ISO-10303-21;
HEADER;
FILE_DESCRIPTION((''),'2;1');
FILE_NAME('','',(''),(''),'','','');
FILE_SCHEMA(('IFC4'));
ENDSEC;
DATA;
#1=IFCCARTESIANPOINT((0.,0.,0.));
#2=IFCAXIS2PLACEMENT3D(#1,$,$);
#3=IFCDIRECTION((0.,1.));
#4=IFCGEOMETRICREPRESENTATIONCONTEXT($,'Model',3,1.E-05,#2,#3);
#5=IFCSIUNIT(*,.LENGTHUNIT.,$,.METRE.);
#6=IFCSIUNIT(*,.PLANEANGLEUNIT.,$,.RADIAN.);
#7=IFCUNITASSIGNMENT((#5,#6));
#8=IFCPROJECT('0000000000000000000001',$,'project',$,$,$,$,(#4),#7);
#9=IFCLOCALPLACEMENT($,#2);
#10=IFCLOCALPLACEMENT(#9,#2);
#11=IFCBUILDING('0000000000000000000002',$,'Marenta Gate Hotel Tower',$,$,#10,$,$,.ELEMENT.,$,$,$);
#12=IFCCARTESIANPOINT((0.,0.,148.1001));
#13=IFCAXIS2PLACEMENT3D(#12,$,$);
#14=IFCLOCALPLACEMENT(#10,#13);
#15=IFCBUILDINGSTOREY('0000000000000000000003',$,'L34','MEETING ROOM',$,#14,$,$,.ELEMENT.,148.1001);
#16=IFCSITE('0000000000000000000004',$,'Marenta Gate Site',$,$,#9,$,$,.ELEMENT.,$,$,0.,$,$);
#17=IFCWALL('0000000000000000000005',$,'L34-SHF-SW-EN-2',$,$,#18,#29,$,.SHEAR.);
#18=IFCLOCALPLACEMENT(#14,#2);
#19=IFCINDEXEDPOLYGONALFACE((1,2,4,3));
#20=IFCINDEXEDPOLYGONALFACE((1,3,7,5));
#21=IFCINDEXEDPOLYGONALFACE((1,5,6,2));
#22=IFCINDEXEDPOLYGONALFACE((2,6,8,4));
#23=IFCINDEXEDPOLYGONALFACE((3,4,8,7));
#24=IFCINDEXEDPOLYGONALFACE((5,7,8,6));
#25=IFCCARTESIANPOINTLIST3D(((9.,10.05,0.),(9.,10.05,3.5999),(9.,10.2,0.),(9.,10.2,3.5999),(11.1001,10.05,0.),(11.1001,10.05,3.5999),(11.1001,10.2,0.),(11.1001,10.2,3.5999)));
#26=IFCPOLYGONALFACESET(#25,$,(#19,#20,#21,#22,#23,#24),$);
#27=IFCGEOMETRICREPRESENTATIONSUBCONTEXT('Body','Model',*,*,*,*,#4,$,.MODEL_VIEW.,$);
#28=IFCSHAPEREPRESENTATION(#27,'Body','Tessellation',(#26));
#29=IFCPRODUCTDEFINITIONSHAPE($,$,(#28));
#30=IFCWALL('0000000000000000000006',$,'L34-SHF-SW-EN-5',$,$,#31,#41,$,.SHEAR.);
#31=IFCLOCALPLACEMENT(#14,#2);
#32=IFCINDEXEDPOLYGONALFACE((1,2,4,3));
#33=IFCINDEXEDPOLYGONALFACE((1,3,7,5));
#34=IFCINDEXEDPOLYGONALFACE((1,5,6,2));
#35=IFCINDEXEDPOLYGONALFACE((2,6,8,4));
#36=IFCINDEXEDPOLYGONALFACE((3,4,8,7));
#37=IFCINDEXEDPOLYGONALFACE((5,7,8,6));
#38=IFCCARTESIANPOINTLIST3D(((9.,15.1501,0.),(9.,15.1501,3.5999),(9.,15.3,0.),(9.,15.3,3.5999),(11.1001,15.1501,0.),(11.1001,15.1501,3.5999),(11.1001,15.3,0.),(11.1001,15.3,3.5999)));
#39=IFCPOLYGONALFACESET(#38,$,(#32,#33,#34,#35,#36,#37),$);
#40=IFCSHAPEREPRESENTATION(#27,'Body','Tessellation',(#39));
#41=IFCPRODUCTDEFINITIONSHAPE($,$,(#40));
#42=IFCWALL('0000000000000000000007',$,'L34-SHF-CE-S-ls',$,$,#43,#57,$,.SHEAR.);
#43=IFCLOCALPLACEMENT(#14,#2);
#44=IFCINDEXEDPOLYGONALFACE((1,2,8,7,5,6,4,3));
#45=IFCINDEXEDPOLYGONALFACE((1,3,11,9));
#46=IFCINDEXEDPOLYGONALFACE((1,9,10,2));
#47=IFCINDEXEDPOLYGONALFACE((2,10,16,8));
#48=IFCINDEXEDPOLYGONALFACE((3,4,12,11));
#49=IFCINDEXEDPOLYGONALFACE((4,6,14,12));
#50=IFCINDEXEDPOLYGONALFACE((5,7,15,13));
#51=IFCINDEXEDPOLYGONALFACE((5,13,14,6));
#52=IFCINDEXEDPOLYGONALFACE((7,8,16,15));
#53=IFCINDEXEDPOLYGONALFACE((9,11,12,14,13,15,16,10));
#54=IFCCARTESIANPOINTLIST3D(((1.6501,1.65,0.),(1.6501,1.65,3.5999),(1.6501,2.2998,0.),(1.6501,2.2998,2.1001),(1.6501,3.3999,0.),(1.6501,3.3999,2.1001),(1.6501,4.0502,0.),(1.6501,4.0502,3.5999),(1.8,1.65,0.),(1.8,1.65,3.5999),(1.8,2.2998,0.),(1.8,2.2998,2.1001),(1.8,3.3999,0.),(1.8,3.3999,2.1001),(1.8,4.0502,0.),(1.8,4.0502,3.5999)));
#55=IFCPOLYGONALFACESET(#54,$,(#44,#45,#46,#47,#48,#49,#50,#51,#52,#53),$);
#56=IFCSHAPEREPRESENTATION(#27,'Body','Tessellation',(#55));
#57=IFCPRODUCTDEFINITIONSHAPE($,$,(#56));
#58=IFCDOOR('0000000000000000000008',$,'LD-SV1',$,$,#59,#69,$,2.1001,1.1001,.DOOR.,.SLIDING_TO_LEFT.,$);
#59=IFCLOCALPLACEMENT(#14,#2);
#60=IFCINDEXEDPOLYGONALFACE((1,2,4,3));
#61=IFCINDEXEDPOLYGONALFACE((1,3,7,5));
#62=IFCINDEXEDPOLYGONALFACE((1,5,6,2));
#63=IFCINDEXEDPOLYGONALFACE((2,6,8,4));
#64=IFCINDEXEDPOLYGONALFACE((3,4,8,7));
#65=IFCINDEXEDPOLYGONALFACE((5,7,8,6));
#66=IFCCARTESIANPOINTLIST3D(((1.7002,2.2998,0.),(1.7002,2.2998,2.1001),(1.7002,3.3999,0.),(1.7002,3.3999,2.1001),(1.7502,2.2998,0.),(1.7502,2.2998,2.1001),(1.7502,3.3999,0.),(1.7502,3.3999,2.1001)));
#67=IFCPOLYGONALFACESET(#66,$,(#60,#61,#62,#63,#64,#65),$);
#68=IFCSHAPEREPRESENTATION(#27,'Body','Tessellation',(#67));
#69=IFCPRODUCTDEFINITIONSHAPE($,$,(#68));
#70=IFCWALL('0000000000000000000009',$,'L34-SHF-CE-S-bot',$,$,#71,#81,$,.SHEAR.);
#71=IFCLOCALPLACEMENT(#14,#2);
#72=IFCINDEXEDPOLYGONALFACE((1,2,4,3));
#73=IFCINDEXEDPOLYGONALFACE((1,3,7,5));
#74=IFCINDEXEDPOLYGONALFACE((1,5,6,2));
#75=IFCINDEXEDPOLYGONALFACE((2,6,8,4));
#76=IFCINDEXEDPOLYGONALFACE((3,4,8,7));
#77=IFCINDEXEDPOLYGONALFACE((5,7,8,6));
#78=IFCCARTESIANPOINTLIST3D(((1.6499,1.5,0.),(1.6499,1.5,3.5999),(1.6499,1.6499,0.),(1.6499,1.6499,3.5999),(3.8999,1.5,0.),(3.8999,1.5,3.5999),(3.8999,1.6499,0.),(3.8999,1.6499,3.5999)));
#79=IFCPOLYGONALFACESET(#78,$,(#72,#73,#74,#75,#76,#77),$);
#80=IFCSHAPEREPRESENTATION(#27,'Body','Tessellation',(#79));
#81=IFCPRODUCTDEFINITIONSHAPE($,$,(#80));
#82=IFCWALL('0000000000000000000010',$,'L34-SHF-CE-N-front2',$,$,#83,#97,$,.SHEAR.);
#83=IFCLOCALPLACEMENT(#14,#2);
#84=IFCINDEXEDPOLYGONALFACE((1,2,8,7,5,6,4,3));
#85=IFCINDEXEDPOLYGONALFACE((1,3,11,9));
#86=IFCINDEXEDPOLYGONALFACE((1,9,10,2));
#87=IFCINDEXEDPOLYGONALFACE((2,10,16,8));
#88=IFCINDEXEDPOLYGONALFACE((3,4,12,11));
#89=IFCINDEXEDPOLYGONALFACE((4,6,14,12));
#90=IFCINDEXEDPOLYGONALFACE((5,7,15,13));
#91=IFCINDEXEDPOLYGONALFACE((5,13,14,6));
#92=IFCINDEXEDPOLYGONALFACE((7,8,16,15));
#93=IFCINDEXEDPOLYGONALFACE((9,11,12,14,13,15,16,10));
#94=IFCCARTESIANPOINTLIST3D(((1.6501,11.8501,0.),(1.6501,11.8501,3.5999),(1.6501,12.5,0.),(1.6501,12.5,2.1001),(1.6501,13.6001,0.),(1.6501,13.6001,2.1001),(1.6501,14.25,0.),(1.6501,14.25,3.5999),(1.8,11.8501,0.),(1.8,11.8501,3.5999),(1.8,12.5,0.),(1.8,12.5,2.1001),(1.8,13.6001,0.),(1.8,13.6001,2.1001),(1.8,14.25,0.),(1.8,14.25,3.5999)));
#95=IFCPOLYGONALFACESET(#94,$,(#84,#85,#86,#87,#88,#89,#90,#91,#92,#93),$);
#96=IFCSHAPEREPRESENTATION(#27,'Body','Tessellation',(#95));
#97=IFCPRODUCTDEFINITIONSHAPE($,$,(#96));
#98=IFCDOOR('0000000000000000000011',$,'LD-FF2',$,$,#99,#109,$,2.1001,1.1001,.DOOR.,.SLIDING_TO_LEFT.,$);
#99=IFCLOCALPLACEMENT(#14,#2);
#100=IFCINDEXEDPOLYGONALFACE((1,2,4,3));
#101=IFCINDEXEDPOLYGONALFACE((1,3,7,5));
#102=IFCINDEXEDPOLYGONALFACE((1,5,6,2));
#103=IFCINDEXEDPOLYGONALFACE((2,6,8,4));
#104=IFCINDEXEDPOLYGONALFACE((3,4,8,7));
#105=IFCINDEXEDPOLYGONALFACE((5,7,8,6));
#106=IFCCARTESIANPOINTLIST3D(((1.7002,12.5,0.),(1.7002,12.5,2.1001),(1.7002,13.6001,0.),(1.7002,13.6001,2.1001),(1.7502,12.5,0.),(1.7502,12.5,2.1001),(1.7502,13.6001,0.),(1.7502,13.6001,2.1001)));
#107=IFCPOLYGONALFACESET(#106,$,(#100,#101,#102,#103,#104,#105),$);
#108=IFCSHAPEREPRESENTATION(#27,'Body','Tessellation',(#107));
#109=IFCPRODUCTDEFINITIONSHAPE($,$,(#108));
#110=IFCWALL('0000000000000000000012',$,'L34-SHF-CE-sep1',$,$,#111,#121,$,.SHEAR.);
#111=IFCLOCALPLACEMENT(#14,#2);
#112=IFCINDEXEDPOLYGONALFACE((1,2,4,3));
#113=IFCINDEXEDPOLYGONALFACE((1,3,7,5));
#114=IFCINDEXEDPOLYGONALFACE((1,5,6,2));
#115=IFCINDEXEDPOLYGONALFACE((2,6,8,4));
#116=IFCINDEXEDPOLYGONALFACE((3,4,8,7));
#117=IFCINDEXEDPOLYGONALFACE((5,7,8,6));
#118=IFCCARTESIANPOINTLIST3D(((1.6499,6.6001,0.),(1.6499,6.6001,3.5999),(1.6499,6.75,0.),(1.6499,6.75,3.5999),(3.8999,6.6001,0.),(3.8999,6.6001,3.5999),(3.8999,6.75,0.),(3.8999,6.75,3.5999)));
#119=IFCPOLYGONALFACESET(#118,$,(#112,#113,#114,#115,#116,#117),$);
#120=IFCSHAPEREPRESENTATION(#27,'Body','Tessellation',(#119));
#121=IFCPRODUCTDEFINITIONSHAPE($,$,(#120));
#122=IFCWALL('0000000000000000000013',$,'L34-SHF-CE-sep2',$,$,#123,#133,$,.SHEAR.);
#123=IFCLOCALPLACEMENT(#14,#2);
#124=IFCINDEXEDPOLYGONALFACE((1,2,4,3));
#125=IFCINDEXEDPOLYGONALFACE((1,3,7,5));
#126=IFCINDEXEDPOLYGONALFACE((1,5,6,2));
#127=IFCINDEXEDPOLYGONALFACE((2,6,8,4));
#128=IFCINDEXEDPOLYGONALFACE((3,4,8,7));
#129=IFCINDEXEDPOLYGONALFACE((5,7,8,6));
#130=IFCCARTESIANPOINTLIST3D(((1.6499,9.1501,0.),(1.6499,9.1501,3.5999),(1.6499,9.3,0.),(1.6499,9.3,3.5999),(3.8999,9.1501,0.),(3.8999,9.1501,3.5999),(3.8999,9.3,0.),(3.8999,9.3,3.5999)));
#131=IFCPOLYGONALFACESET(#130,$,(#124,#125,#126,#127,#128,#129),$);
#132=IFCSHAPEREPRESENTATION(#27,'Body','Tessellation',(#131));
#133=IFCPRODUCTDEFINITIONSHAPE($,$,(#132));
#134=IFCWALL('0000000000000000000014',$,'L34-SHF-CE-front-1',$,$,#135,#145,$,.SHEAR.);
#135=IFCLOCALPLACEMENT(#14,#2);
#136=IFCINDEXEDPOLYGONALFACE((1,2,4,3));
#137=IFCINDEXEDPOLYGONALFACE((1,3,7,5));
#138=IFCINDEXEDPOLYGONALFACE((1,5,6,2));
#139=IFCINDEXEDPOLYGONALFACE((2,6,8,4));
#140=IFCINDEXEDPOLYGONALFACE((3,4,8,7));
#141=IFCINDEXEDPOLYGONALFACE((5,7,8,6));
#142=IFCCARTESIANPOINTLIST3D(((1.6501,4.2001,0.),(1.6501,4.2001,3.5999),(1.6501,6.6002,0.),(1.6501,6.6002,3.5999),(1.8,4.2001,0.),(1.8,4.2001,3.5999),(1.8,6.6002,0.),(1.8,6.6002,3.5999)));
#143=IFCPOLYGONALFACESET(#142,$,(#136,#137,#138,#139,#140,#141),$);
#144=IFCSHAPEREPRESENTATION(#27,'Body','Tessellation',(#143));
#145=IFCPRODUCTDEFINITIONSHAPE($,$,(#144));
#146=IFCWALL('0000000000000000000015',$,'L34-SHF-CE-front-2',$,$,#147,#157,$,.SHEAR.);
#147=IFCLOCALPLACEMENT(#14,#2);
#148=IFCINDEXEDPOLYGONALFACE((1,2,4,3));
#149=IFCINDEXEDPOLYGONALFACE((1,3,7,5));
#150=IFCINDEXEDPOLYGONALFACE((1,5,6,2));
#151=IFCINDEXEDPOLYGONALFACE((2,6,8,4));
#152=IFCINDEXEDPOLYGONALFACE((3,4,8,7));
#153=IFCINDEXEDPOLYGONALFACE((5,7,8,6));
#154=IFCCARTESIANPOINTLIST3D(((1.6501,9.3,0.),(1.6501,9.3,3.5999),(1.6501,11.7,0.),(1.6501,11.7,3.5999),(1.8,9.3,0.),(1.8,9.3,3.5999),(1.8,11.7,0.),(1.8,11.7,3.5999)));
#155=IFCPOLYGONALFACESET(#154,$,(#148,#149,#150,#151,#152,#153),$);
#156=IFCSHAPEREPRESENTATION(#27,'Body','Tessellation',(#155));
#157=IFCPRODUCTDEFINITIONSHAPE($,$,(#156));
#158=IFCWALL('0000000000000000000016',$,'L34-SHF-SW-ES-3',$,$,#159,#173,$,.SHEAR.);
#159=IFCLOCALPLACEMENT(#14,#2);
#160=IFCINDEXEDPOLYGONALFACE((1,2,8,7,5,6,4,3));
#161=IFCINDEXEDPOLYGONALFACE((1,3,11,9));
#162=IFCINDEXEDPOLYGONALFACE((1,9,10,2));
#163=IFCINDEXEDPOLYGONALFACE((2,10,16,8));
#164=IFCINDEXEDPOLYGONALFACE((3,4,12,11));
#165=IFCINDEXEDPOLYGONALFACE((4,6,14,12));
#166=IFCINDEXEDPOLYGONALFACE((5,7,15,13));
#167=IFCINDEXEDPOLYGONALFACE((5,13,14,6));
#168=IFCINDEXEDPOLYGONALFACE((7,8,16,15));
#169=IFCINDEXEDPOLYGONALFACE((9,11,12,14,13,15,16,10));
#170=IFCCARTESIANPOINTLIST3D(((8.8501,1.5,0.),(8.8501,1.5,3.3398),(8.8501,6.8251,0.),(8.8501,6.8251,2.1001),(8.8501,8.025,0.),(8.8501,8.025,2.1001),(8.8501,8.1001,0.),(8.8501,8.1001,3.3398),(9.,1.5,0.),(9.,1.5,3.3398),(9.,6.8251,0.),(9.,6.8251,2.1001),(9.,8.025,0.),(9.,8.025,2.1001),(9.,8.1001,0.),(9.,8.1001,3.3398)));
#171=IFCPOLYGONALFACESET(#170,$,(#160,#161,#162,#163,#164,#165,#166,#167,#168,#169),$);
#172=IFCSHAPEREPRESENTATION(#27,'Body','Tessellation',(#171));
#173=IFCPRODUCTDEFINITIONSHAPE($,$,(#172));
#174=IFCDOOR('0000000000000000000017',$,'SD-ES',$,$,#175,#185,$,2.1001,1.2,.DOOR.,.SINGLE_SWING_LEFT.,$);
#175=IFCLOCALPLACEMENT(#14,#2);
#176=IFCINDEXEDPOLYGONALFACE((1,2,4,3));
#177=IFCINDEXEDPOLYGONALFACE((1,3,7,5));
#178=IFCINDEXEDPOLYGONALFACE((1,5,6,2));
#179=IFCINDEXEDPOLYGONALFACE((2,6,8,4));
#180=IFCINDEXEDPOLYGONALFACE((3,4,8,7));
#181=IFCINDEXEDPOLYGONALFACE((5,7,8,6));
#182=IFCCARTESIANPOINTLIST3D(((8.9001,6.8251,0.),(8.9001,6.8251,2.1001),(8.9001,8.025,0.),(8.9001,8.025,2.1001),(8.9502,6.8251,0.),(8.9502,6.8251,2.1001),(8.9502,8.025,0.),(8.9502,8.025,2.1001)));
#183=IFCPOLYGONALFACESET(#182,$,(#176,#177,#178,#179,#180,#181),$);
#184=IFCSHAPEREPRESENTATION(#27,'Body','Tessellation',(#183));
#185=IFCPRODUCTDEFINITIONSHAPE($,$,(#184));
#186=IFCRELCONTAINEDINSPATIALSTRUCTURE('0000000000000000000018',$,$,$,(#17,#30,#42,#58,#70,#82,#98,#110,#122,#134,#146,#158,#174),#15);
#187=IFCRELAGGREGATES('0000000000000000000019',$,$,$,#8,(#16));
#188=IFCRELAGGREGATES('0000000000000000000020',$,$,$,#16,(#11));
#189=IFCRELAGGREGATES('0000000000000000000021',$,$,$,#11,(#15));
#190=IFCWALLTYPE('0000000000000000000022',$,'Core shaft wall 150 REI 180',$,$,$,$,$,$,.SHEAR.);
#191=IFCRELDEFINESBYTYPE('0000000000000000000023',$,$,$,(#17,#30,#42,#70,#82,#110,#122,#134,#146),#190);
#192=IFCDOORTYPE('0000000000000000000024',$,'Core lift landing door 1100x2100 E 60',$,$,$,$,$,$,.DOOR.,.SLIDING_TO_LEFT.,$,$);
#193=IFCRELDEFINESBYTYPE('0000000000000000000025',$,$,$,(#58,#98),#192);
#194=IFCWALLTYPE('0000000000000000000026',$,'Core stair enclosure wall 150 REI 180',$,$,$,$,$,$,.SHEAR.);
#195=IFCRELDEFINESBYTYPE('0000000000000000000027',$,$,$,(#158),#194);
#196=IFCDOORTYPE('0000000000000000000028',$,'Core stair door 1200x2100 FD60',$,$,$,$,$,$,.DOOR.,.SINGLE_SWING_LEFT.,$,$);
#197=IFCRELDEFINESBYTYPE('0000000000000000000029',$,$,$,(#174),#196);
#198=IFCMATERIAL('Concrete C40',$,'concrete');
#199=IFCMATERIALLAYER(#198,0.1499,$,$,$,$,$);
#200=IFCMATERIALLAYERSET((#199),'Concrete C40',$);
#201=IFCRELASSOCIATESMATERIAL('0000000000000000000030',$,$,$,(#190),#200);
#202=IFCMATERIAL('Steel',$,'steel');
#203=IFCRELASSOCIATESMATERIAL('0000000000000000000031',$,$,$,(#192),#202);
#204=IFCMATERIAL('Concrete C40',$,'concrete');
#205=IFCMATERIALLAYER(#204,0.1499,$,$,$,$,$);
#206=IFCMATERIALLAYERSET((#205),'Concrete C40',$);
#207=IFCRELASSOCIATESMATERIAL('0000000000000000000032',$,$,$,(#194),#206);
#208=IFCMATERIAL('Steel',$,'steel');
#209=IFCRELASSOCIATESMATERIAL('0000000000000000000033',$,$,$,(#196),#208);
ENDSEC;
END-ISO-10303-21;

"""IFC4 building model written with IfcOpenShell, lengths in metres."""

from ifc_helpers import new_model, si_unit, direction, frame, frame_2d, origin, place, context, subcontext, project, spatial, rectangle, extrude, material, layer, layer_set, type_object, element, fill, save


model = new_model("IFC4")

# Units and contexts
model_context = context("Model", 3, precision=1e-05, world=origin(), true_north=direction((0.0, 1.0)))
body_context = subcontext(model_context, "Body", "Model", "MODEL_VIEW")
ifc_project = project(units=[si_unit("LENGTHUNIT", "METRE"), si_unit("PLANEANGLEUNIT", "RADIAN")], contexts=[model_context])

# Site, building, storey
site_placement = place(None, origin())
site = spatial("IfcSite", under=ifc_project, at=site_placement, Name="Marenta Gate Site", CompositionType="ELEMENT", RefElevation=0.0)
building_placement = place(site_placement, origin())
building = spatial("IfcBuilding", under=site, at=building_placement, Name="Marenta Gate Hotel Tower", CompositionType="ELEMENT")
storey_placement = place(building_placement, frame((0.0, 0.0, 148.1001)))
storey = spatial("IfcBuildingStorey", under=building, at=storey_placement, Name="L34", Description="MEETING ROOM", CompositionType="ELEMENT", Elevation=148.1001)

# Walls
ifc_material_1 = material(Name="Concrete C40", Category="concrete")
ifc_layer_1 = layer(ifc_material_1, 0.1499)
ifc_layer_set_1 = layer_set([ifc_layer_1], Name="Concrete C40")
wall_type_1 = type_object("IfcWallType", Name="Core shaft wall 150 REI 180", PredefinedType="SHEAR", material=ifc_layer_set_1)
for number, where, z_axis, x_axis, name in (
    (1, (9.0, 10.125, 0.0), (0.0, 0.0, 1.0), (1.0, 0.0, 0.0), "L34-SHF-SW-EN-2"),
    (2, (9.0, 15.2251, 0.0), (0.0, 0.0, 1.0), (1.0, 0.0, 0.0), "L34-SHF-SW-EN-5"),
):
    element("IfcWall", number, at=place(storey_placement, frame(where, z_axis=z_axis, x_axis=x_axis)), inside=storey, type_object=wall_type_1, Name=name, PredefinedType="SHEAR", context=body_context, shape_type="SweptSolid", body=[
        extrude(rectangle(XDim=2.1001, YDim=0.1499, at=frame_2d((1.05, 0.0))), origin(), (0.0, 0.0, 1.0), 3.5999),
    ])

# Wall, opening, door
wall_1_placement = place(storey_placement, frame((1.7251, 1.6499, 0.0), z_axis=(0.0, 0.0, 1.0), x_axis=(0.0, 1.0, 0.0)))
wall_1 = element("IfcWall", 3, at=wall_1_placement, inside=storey, type_object=wall_type_1, Name="L34-SHF-CE-S-ls", PredefinedType="SHEAR", context=body_context, shape_type="SweptSolid", body=[
    extrude(rectangle(XDim=2.4001, YDim=0.1499, at=frame_2d((1.2002, 0.0))), origin(), (0.0, 0.0, 1.0), 3.5999),
])
opening_1_placement = place(wall_1_placement, frame((0.6499, 0.0, 0.0)))
opening_1 = element("IfcOpeningElement", 4, at=opening_1_placement, cuts=wall_1, PredefinedType="OPENING", context=body_context, shape_type="SweptSolid", body=[
    extrude(rectangle(XDim=1.1001, YDim=2.1001, at=frame_2d((0.55, 1.05))), frame((0.0, 0.075, 0.0), z_axis=(0.0, -1.0, 0.0), x_axis=(1.0, 0.0, 0.0)), (0.0, 0.0, 1.0), 0.1499),
])
ifc_material_2 = material(Name="Steel", Category="steel")
door_type_1 = type_object("IfcDoorType", Name="Core lift landing door 1100x2100 E 60", OperationType="SLIDING_TO_LEFT", PredefinedType="DOOR", material=ifc_material_2)
door_1_placement = place(opening_1_placement, origin())
door_1 = element("IfcDoor", 5, at=door_1_placement, inside=storey, type_object=door_type_1, Name="LD-SV1", OperationType="SLIDING_TO_LEFT", OverallHeight=2.1001, OverallWidth=1.1001, PredefinedType="DOOR", context=body_context, shape_type="SweptSolid", body=[
    extrude(rectangle(XDim=1.1001, YDim=2.1001, at=frame_2d((0.55, 1.05))), frame((0.0, 0.0249, 0.0), z_axis=(0.0, -1.0, 0.0), x_axis=(1.0, 0.0, 0.0)), (0.0, 0.0, 1.0), 0.05),
])
fill(opening_1, door_1)

# Wall
wall_2_placement = place(storey_placement, frame((1.6499, 1.575, 0.0), z_axis=(0.0, 0.0, 1.0), x_axis=(1.0, 0.0, 0.0)))
element("IfcWall", 6, at=wall_2_placement, inside=storey, type_object=wall_type_1, Name="L34-SHF-CE-S-bot", PredefinedType="SHEAR", context=body_context, shape_type="SweptSolid", body=[
    extrude(rectangle(XDim=2.25, YDim=0.1499, at=frame_2d((1.125, 0.0))), origin(), (0.0, 0.0, 1.0), 3.5999),
])

# Wall, opening, door
wall_3_placement = place(storey_placement, frame((1.7251, 11.8501, 0.0), z_axis=(0.0, 0.0, 1.0), x_axis=(0.0, 1.0, 0.0)))
wall_3 = element("IfcWall", 7, at=wall_3_placement, inside=storey, type_object=wall_type_1, Name="L34-SHF-CE-N-front2", PredefinedType="SHEAR", context=body_context, shape_type="SweptSolid", body=[
    extrude(rectangle(XDim=2.3999, YDim=0.1499, at=frame_2d((1.2, 0.0))), origin(), (0.0, 0.0, 1.0), 3.5999),
])
opening_2_placement = place(wall_3_placement, frame((0.6499, 0.0, 0.0)))
opening_2 = element("IfcOpeningElement", 8, at=opening_2_placement, cuts=wall_3, PredefinedType="OPENING", context=body_context, shape_type="SweptSolid", body=[
    extrude(rectangle(XDim=1.1001, YDim=2.1001, at=frame_2d((0.55, 1.05))), frame((0.0, 0.075, 0.0), z_axis=(0.0, -1.0, 0.0), x_axis=(1.0, 0.0, 0.0)), (0.0, 0.0, 1.0), 0.1499),
])
door_2_placement = place(opening_2_placement, origin())
door_2 = element("IfcDoor", 9, at=door_2_placement, inside=storey, type_object=door_type_1, Name="LD-FF2", OperationType="SLIDING_TO_LEFT", OverallHeight=2.1001, OverallWidth=1.1001, PredefinedType="DOOR", context=body_context, shape_type="SweptSolid", body=[
    extrude(rectangle(XDim=1.1001, YDim=2.1001, at=frame_2d((0.55, 1.05))), frame((0.0, 0.0249, 0.0), z_axis=(0.0, -1.0, 0.0), x_axis=(1.0, 0.0, 0.0)), (0.0, 0.0, 1.0), 0.05),
])
fill(opening_2, door_2)

# Walls
for number, where, z_axis, x_axis, name in (
    (10, (1.6499, 6.675, 0.0), (0.0, 0.0, 1.0), (1.0, 0.0, 0.0), "L34-SHF-CE-sep1"),
    (11, (1.6499, 9.2251, 0.0), (0.0, 0.0, 1.0), (1.0, 0.0, 0.0), "L34-SHF-CE-sep2"),
):
    element("IfcWall", number, at=place(storey_placement, frame(where, z_axis=z_axis, x_axis=x_axis)), inside=storey, type_object=wall_type_1, Name=name, PredefinedType="SHEAR", context=body_context, shape_type="SweptSolid", body=[
        extrude(rectangle(XDim=2.25, YDim=0.1499, at=frame_2d((1.125, 0.0))), origin(), (0.0, 0.0, 1.0), 3.5999),
    ])
wall_4_placement = place(storey_placement, frame((1.7251, 4.2, 0.0), z_axis=(0.0, 0.0, 1.0), x_axis=(0.0, 1.0, 0.0)))
element("IfcWall", 12, at=wall_4_placement, inside=storey, type_object=wall_type_1, Name="L34-SHF-CE-front-1", PredefinedType="SHEAR", context=body_context, shape_type="SweptSolid", body=[
    extrude(rectangle(XDim=2.4001, YDim=0.1499, at=frame_2d((1.2002, 0.0))), origin(), (0.0, 0.0, 1.0), 3.5999),
])
wall_5_placement = place(storey_placement, frame((1.7251, 9.3, 0.0), z_axis=(0.0, 0.0, 1.0), x_axis=(0.0, 1.0, 0.0)))
element("IfcWall", 13, at=wall_5_placement, inside=storey, type_object=wall_type_1, Name="L34-SHF-CE-front-2", PredefinedType="SHEAR", context=body_context, shape_type="SweptSolid", body=[
    extrude(rectangle(XDim=2.3999, YDim=0.1499, at=frame_2d((1.2, 0.0))), origin(), (0.0, 0.0, 1.0), 3.5999),
])

# Wall, opening, door
ifc_material_3 = material(Name="Concrete C40", Category="concrete")
ifc_layer_2 = layer(ifc_material_3, 0.1499)
ifc_layer_set_2 = layer_set([ifc_layer_2], Name="Concrete C40")
wall_type_2 = type_object("IfcWallType", Name="Core stair enclosure wall 150 REI 180", PredefinedType="SHEAR", material=ifc_layer_set_2)
wall_6_placement = place(storey_placement, frame((8.925, 1.5, 0.0), z_axis=(0.0, 0.0, 1.0), x_axis=(0.0, 1.0, 0.0)))
wall_6 = element("IfcWall", 14, at=wall_6_placement, inside=storey, type_object=wall_type_2, Name="L34-SHF-SW-ES-3", PredefinedType="SHEAR", context=body_context, shape_type="SweptSolid", body=[
    extrude(rectangle(XDim=6.6001, YDim=0.1499, at=frame_2d((3.3, 0.0))), origin(), (0.0, 0.0, 1.0), 3.3398),
])
opening_3_placement = place(wall_6_placement, frame((5.325, 0.0, 0.0)))
opening_3 = element("IfcOpeningElement", 15, at=opening_3_placement, cuts=wall_6, PredefinedType="OPENING", context=body_context, shape_type="SweptSolid", body=[
    extrude(rectangle(XDim=1.2, YDim=2.1001, at=frame_2d((0.6001, 1.05))), frame((0.0, 0.075, 0.0), z_axis=(0.0, -1.0, 0.0), x_axis=(1.0, 0.0, 0.0)), (0.0, 0.0, 1.0), 0.1499),
])
ifc_material_4 = material(Name="Steel", Category="steel")
door_type_2 = type_object("IfcDoorType", Name="Core stair door 1200x2100 FD60", OperationType="SINGLE_SWING_LEFT", PredefinedType="DOOR", material=ifc_material_4)
door_3_placement = place(opening_3_placement, origin())
door_3 = element("IfcDoor", 16, at=door_3_placement, inside=storey, type_object=door_type_2, Name="SD-ES", OperationType="SINGLE_SWING_LEFT", OverallHeight=2.1001, OverallWidth=1.2, PredefinedType="DOOR", context=body_context, shape_type="SweptSolid", body=[
    extrude(rectangle(XDim=1.2, YDim=2.1001, at=frame_2d((0.6001, 1.05))), frame((0.0, 0.0249, 0.0), z_axis=(0.0, -1.0, 0.0), x_axis=(1.0, 0.0, 0.0)), (0.0, 0.0, 1.0), 0.05),
])
fill(opening_3, door_3)

save(model, "model.ifc")
